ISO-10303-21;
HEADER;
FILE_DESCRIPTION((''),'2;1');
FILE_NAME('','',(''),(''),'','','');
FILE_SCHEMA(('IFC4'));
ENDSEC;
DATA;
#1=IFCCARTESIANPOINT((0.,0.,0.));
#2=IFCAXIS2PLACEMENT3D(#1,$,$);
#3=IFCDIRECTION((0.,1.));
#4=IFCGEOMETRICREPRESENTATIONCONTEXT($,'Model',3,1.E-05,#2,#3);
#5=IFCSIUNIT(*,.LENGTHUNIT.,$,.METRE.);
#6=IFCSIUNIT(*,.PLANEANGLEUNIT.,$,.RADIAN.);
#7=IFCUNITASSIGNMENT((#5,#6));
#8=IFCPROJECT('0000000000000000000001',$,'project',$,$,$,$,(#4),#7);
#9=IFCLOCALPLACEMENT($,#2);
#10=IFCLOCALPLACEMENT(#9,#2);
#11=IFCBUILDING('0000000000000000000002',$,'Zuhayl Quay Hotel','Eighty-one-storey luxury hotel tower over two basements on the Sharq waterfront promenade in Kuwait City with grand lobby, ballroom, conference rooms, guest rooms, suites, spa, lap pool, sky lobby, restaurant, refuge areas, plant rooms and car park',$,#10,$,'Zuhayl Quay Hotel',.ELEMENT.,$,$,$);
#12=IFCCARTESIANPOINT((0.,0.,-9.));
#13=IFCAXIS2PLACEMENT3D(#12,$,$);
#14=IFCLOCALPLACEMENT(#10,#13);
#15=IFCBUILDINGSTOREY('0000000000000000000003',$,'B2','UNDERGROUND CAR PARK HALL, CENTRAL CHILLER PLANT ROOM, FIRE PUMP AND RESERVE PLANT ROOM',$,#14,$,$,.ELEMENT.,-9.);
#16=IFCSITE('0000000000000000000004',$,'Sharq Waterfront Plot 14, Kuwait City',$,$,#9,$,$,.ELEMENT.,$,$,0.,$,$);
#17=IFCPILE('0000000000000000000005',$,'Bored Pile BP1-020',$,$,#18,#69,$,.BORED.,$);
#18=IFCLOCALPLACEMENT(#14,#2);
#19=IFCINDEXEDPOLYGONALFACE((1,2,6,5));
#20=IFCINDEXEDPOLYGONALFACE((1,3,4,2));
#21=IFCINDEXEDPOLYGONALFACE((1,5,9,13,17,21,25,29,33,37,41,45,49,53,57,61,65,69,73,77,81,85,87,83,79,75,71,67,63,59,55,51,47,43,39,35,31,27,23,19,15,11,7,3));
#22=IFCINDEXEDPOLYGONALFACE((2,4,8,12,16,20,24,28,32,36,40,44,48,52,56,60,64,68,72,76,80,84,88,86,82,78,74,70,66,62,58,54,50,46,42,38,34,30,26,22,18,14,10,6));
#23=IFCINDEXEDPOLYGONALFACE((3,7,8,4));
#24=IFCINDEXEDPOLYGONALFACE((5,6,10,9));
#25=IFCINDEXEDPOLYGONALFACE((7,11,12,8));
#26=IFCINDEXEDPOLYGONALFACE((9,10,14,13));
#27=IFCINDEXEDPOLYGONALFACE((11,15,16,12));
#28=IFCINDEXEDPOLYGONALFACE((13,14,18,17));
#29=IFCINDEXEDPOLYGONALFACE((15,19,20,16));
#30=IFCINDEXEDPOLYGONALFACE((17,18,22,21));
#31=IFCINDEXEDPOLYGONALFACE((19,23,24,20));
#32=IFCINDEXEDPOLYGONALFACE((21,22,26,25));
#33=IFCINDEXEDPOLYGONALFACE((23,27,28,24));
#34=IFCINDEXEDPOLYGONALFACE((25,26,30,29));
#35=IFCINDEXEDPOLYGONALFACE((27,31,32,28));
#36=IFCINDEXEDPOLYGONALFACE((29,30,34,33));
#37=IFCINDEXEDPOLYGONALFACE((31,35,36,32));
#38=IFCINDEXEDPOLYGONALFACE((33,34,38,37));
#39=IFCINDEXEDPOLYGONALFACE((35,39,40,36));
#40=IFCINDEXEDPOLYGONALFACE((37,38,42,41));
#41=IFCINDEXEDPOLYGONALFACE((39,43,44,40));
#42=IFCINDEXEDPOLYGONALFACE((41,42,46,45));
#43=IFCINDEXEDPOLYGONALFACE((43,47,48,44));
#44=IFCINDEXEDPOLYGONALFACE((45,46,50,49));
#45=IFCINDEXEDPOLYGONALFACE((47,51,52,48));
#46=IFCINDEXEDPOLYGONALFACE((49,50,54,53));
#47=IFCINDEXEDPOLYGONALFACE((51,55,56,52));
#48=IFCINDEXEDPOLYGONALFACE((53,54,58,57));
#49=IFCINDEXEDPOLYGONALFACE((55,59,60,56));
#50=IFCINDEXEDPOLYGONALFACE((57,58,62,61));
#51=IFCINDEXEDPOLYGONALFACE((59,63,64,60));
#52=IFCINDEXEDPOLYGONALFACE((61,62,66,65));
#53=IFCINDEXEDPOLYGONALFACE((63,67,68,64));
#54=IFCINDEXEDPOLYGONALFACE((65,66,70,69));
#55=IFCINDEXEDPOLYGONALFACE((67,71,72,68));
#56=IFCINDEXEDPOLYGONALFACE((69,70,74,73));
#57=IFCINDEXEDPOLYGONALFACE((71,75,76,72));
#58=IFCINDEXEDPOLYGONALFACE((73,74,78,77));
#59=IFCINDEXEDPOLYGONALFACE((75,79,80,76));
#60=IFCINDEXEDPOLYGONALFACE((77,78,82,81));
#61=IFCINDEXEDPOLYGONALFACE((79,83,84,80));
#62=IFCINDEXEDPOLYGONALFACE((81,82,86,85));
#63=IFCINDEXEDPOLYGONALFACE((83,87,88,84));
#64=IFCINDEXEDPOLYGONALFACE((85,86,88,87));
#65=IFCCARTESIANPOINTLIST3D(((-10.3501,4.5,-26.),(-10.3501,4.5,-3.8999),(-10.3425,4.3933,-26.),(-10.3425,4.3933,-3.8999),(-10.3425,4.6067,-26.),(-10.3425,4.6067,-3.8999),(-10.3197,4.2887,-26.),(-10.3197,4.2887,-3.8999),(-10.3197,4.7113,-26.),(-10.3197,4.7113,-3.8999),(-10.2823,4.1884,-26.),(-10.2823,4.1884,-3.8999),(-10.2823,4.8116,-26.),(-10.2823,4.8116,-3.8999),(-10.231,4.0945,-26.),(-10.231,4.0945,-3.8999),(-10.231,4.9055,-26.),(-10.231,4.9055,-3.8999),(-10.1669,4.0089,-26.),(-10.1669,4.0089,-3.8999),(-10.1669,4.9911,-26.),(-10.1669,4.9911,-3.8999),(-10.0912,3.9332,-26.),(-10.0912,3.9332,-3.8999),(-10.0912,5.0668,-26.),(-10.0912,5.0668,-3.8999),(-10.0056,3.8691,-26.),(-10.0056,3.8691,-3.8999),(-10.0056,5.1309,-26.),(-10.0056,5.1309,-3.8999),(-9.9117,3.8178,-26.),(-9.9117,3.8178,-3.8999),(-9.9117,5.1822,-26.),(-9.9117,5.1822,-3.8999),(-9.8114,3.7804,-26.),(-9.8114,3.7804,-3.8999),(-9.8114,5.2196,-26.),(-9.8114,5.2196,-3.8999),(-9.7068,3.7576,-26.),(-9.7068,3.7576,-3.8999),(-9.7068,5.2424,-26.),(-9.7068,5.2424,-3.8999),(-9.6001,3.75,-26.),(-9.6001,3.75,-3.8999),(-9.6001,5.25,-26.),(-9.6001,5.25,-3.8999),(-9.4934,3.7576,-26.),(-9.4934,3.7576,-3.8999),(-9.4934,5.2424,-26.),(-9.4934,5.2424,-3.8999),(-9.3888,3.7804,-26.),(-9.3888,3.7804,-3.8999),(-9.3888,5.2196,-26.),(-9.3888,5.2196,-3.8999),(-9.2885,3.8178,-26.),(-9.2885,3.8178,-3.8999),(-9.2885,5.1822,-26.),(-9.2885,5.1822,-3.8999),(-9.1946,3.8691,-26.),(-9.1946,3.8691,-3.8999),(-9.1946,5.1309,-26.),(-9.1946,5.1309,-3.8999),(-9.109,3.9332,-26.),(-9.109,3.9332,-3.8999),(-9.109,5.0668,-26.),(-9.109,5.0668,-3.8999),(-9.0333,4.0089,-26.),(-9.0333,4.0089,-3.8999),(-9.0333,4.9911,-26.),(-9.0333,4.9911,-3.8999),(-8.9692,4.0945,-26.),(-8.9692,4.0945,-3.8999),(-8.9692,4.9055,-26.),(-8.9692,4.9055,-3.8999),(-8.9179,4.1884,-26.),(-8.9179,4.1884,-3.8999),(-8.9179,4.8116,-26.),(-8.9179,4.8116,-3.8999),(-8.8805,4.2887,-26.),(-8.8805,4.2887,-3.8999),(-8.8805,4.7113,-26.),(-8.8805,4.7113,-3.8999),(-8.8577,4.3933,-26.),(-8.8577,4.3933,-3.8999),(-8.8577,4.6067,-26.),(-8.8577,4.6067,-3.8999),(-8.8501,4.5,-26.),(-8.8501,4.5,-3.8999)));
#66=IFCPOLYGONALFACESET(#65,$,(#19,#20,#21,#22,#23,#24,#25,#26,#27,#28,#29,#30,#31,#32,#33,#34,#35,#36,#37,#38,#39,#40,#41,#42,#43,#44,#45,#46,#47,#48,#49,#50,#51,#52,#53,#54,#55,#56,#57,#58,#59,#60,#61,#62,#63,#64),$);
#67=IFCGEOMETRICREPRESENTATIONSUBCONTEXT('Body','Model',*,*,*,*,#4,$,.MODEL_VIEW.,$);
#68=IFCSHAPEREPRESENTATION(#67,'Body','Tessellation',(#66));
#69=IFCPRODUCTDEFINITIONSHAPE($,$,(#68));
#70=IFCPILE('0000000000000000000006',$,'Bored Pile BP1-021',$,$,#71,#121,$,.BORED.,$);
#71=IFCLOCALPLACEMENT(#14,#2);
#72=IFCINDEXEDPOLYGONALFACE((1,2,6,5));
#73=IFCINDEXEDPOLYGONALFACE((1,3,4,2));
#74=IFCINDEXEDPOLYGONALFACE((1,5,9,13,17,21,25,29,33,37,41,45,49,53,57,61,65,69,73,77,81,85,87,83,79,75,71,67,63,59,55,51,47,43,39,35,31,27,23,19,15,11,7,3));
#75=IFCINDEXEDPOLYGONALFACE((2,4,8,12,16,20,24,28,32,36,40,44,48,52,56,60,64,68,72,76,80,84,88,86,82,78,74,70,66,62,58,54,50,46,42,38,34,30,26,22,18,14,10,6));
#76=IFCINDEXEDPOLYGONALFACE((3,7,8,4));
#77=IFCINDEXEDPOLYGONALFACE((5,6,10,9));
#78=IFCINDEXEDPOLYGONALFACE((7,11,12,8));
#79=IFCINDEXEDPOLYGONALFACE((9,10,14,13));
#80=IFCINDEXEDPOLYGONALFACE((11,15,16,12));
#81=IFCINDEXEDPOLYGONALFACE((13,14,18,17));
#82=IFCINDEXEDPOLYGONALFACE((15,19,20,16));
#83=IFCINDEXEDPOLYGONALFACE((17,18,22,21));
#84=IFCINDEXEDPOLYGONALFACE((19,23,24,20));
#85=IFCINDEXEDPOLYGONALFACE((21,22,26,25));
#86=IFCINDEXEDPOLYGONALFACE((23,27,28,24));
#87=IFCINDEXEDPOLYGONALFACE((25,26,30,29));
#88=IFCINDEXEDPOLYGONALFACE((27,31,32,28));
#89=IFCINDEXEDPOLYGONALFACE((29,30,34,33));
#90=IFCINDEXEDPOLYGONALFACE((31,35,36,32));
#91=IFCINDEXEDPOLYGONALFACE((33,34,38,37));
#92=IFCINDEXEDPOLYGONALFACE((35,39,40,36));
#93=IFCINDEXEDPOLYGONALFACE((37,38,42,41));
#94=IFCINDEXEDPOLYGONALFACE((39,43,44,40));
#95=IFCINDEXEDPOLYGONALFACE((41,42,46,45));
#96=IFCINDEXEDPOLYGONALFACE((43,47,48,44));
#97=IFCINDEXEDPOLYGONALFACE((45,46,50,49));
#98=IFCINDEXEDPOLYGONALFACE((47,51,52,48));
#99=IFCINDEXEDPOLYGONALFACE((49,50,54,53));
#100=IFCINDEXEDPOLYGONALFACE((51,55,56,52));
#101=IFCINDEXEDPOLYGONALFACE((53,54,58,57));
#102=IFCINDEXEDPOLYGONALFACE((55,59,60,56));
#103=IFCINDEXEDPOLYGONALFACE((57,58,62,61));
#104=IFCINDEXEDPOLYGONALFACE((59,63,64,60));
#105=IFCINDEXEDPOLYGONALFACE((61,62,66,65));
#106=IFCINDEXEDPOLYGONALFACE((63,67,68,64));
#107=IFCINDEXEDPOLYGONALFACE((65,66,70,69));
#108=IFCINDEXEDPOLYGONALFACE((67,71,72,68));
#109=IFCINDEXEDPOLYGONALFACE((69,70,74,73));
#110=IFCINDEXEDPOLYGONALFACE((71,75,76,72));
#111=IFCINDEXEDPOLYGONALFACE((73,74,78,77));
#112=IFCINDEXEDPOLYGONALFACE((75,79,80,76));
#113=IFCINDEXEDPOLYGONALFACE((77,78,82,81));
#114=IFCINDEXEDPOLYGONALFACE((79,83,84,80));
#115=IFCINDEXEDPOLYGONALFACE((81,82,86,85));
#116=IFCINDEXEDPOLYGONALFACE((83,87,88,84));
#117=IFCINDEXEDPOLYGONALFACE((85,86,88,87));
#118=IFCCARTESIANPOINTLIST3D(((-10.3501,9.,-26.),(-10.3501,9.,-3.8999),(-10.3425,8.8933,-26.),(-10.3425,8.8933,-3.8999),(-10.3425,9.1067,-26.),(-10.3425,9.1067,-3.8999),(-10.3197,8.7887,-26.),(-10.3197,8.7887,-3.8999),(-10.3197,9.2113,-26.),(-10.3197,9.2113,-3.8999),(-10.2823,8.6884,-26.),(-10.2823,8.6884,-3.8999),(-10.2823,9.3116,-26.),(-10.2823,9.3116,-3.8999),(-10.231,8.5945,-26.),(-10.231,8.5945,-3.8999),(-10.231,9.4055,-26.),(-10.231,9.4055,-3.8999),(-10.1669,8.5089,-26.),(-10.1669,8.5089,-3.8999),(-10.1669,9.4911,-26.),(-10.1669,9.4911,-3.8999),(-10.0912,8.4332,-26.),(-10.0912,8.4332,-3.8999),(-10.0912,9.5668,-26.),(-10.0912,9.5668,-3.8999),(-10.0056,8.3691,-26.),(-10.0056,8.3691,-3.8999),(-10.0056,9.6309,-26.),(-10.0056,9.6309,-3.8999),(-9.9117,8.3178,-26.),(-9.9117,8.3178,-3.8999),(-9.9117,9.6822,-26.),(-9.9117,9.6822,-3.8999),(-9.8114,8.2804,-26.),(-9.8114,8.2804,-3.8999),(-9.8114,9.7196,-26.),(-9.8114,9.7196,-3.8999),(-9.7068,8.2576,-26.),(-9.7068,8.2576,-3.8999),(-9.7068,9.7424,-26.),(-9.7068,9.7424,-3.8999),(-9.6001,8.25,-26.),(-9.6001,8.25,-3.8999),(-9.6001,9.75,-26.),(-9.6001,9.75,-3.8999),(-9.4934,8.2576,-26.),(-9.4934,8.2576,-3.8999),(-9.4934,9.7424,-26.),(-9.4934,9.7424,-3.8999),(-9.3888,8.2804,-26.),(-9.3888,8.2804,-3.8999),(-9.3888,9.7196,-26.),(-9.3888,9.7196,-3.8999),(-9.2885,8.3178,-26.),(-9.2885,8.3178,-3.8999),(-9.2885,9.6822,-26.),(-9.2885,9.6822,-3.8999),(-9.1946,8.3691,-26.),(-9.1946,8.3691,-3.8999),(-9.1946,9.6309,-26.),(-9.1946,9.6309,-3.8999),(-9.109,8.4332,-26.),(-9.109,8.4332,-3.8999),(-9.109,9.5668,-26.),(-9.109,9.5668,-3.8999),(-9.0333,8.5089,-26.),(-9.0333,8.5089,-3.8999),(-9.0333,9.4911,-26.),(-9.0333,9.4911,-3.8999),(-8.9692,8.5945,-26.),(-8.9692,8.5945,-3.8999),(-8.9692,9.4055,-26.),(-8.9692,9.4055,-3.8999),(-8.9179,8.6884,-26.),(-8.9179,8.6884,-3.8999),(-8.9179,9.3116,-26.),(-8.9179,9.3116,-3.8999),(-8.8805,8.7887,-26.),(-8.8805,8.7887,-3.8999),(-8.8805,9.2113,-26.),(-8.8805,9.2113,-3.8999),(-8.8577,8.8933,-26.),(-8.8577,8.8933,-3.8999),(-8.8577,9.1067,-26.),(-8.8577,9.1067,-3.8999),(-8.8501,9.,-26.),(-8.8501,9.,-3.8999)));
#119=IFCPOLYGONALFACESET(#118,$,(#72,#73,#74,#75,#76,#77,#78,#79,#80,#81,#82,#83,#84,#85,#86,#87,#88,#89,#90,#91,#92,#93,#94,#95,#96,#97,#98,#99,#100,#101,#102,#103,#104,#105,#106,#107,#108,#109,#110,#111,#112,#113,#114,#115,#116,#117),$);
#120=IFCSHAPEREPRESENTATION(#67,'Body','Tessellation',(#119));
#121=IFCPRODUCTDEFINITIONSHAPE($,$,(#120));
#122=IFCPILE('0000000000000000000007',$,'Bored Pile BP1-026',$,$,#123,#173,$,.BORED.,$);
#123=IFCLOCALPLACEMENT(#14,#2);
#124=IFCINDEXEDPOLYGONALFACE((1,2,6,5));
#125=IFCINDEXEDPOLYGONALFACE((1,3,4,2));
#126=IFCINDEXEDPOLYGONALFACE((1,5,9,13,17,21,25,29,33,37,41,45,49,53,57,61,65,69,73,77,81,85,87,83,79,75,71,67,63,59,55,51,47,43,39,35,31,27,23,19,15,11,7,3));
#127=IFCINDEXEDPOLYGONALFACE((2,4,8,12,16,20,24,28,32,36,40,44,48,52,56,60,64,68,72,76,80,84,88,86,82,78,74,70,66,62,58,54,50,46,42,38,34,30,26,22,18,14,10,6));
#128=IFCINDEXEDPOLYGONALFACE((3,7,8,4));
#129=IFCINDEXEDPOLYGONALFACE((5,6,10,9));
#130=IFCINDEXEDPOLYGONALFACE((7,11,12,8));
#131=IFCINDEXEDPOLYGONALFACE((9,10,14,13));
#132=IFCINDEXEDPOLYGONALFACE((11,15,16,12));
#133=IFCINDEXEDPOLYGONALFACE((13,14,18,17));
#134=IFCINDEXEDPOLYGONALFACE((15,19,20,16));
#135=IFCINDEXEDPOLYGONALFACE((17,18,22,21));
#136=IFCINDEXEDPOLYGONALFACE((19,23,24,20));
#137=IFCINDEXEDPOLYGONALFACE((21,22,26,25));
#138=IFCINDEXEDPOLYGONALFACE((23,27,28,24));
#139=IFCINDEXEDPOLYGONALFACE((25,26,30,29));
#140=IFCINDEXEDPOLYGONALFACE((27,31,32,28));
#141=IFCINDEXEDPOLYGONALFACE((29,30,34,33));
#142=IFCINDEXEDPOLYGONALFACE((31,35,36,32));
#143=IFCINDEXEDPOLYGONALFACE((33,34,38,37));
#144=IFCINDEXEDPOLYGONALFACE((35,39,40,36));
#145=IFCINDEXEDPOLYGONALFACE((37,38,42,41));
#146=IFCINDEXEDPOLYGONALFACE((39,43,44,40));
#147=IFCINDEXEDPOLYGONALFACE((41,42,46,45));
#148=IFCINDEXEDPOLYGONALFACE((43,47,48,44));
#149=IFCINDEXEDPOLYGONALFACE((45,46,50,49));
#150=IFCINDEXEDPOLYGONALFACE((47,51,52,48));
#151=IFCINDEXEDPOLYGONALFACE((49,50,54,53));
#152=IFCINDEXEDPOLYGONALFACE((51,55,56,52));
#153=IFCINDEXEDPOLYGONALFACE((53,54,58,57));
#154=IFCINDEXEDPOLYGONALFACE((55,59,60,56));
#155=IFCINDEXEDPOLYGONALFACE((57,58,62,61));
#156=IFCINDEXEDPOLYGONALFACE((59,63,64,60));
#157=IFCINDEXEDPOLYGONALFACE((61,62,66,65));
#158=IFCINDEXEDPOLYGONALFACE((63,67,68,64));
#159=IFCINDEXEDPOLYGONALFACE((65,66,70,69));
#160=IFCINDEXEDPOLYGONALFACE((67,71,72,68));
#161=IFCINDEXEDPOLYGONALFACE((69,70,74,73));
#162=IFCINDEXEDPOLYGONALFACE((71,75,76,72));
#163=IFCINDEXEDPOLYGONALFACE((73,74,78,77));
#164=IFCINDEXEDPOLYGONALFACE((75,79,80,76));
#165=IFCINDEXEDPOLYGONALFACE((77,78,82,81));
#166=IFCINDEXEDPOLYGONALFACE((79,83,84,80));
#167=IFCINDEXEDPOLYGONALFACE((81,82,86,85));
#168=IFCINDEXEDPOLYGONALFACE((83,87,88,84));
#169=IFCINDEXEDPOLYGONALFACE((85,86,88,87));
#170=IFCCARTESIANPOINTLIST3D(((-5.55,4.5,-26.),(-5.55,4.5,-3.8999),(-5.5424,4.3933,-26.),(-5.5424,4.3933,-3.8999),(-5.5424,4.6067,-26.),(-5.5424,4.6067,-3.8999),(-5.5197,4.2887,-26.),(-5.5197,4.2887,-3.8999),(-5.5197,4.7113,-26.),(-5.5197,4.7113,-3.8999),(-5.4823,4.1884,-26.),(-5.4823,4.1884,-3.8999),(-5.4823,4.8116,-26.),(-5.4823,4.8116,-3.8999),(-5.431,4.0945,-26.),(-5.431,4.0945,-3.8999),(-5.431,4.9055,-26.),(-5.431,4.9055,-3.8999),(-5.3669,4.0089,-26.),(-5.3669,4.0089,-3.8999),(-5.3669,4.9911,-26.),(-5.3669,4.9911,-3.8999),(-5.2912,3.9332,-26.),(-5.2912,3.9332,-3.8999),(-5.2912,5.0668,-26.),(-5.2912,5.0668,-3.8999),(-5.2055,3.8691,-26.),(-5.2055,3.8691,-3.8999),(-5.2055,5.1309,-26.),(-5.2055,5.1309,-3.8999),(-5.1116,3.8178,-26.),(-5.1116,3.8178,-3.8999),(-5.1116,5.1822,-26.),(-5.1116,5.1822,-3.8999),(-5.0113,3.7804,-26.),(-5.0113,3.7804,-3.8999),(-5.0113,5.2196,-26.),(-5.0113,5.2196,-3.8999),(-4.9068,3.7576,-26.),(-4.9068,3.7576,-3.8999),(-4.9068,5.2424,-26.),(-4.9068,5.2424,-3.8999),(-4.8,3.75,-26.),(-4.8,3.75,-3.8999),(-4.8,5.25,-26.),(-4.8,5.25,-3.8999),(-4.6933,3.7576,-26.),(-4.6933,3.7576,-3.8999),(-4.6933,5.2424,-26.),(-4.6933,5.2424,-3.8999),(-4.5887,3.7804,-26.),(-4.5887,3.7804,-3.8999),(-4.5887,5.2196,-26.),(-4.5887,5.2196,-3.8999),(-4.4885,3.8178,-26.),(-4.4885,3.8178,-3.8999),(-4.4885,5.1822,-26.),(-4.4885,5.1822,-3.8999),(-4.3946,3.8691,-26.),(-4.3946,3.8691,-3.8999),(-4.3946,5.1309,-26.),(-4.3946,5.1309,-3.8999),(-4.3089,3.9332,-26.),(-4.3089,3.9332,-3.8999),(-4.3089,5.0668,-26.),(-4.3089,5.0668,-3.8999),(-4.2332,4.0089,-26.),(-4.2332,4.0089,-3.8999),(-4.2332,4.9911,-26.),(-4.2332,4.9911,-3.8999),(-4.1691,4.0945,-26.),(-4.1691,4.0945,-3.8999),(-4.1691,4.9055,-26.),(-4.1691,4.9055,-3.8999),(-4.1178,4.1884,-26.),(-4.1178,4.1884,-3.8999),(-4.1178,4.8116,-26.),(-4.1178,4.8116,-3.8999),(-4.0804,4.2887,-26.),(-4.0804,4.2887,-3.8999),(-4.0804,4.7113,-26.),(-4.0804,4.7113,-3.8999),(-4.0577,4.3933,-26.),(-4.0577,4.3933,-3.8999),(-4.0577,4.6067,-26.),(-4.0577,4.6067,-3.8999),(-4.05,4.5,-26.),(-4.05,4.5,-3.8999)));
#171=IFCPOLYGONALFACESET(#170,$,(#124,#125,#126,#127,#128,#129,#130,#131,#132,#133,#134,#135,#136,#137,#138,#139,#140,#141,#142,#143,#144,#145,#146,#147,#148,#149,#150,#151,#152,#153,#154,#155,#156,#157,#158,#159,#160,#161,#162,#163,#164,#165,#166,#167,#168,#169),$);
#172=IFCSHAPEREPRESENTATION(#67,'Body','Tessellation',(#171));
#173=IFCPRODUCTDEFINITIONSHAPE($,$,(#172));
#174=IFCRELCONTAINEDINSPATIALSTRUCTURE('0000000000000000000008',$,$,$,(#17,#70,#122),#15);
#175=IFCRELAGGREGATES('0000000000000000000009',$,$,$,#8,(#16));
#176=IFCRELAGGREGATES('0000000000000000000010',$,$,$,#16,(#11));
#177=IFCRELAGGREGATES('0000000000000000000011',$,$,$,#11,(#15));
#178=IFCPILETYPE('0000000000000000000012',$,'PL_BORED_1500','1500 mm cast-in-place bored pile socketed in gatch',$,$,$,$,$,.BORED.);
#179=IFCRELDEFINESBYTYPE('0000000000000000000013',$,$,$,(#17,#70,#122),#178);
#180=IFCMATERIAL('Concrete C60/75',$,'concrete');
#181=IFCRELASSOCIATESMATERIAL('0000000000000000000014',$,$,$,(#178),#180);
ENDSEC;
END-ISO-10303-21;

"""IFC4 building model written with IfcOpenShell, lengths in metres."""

from ifc_helpers import new_model, si_unit, direction, frame, origin, origin_2d, place, context, subcontext, project, spatial, circle, extrude, material, material_profile, profile_set, type_object, element, save


model = new_model("IFC4")

# Units and contexts
model_context = context("Model", 3, precision=1e-05, world=origin(), true_north=direction((0.0, 1.0)))
body_context = subcontext(model_context, "Body", "Model", "MODEL_VIEW")
ifc_project = project(units=[si_unit("LENGTHUNIT", "METRE"), si_unit("PLANEANGLEUNIT", "RADIAN")], contexts=[model_context])

# Site, building, storey
site_placement = place(None, origin())
site = spatial("IfcSite", under=ifc_project, at=site_placement, Name="Sharq Waterfront Plot 14, Kuwait City", CompositionType="ELEMENT", RefElevation=0.0)
building_placement = place(site_placement, origin())
building = spatial("IfcBuilding", under=site, at=building_placement, Name="Zuhayl Quay Hotel", Description="Eighty-one-storey luxury hotel tower over two basements on the Sharq waterfront promenade in Kuwait City with grand lobby, ballroom, conference rooms, guest rooms, suites, spa, lap pool, sky lobby, restaurant, refuge areas, plant rooms and car park", LongName="Zuhayl Quay Hotel", CompositionType="ELEMENT")
storey_placement = place(building_placement, frame((0.0, 0.0, -9.0)))
storey = spatial("IfcBuildingStorey", under=building, at=storey_placement, Name="B2", Description="UNDERGROUND CAR PARK HALL, CENTRAL CHILLER PLANT ROOM, FIRE PUMP AND RESERVE PLANT ROOM", CompositionType="ELEMENT", Elevation=-9.0)

# Piles
ifc_material_1 = material(Name="Concrete C60/75", Category="concrete")
ifc_material_profile = material_profile(ifc_material_1, circle(Radius=0.75, at=origin_2d()), Name="PILE1500")
ifc_profile_set = profile_set([ifc_material_profile], Name="Concrete C60/75")
pile_type = type_object("IfcPileType", Name="PL_BORED_1500", Description="1500 mm cast-in-place bored pile socketed in gatch", PredefinedType="BORED", material=ifc_profile_set)
for number, where, z_axis, x_axis, name in (
    (1, (-9.6001, 4.5, -3.8999), (0.0, 0.0, -1.0), (1.0, 0.0, 0.0), "Bored Pile BP1-020"),
    (2, (-9.6001, 9.0, -3.8999), (0.0, 0.0, -1.0), (1.0, 0.0, 0.0), "Bored Pile BP1-021"),
    (3, (-4.8, 4.5, -3.8999), (0.0, 0.0, -1.0), (1.0, 0.0, 0.0), "Bored Pile BP1-026"),
):
    element("IfcPile", number, at=place(storey_placement, frame(where, z_axis=z_axis, x_axis=x_axis)), inside=storey, type_object=pile_type, Name=name, PredefinedType="BORED", context=body_context, shape_type="SweptSolid", body=[
        extrude(circle(Radius=0.75, at=origin_2d()), origin(), (0.0, 0.0, 1.0), 22.1001),
    ])

save(model, "model.ifc")
